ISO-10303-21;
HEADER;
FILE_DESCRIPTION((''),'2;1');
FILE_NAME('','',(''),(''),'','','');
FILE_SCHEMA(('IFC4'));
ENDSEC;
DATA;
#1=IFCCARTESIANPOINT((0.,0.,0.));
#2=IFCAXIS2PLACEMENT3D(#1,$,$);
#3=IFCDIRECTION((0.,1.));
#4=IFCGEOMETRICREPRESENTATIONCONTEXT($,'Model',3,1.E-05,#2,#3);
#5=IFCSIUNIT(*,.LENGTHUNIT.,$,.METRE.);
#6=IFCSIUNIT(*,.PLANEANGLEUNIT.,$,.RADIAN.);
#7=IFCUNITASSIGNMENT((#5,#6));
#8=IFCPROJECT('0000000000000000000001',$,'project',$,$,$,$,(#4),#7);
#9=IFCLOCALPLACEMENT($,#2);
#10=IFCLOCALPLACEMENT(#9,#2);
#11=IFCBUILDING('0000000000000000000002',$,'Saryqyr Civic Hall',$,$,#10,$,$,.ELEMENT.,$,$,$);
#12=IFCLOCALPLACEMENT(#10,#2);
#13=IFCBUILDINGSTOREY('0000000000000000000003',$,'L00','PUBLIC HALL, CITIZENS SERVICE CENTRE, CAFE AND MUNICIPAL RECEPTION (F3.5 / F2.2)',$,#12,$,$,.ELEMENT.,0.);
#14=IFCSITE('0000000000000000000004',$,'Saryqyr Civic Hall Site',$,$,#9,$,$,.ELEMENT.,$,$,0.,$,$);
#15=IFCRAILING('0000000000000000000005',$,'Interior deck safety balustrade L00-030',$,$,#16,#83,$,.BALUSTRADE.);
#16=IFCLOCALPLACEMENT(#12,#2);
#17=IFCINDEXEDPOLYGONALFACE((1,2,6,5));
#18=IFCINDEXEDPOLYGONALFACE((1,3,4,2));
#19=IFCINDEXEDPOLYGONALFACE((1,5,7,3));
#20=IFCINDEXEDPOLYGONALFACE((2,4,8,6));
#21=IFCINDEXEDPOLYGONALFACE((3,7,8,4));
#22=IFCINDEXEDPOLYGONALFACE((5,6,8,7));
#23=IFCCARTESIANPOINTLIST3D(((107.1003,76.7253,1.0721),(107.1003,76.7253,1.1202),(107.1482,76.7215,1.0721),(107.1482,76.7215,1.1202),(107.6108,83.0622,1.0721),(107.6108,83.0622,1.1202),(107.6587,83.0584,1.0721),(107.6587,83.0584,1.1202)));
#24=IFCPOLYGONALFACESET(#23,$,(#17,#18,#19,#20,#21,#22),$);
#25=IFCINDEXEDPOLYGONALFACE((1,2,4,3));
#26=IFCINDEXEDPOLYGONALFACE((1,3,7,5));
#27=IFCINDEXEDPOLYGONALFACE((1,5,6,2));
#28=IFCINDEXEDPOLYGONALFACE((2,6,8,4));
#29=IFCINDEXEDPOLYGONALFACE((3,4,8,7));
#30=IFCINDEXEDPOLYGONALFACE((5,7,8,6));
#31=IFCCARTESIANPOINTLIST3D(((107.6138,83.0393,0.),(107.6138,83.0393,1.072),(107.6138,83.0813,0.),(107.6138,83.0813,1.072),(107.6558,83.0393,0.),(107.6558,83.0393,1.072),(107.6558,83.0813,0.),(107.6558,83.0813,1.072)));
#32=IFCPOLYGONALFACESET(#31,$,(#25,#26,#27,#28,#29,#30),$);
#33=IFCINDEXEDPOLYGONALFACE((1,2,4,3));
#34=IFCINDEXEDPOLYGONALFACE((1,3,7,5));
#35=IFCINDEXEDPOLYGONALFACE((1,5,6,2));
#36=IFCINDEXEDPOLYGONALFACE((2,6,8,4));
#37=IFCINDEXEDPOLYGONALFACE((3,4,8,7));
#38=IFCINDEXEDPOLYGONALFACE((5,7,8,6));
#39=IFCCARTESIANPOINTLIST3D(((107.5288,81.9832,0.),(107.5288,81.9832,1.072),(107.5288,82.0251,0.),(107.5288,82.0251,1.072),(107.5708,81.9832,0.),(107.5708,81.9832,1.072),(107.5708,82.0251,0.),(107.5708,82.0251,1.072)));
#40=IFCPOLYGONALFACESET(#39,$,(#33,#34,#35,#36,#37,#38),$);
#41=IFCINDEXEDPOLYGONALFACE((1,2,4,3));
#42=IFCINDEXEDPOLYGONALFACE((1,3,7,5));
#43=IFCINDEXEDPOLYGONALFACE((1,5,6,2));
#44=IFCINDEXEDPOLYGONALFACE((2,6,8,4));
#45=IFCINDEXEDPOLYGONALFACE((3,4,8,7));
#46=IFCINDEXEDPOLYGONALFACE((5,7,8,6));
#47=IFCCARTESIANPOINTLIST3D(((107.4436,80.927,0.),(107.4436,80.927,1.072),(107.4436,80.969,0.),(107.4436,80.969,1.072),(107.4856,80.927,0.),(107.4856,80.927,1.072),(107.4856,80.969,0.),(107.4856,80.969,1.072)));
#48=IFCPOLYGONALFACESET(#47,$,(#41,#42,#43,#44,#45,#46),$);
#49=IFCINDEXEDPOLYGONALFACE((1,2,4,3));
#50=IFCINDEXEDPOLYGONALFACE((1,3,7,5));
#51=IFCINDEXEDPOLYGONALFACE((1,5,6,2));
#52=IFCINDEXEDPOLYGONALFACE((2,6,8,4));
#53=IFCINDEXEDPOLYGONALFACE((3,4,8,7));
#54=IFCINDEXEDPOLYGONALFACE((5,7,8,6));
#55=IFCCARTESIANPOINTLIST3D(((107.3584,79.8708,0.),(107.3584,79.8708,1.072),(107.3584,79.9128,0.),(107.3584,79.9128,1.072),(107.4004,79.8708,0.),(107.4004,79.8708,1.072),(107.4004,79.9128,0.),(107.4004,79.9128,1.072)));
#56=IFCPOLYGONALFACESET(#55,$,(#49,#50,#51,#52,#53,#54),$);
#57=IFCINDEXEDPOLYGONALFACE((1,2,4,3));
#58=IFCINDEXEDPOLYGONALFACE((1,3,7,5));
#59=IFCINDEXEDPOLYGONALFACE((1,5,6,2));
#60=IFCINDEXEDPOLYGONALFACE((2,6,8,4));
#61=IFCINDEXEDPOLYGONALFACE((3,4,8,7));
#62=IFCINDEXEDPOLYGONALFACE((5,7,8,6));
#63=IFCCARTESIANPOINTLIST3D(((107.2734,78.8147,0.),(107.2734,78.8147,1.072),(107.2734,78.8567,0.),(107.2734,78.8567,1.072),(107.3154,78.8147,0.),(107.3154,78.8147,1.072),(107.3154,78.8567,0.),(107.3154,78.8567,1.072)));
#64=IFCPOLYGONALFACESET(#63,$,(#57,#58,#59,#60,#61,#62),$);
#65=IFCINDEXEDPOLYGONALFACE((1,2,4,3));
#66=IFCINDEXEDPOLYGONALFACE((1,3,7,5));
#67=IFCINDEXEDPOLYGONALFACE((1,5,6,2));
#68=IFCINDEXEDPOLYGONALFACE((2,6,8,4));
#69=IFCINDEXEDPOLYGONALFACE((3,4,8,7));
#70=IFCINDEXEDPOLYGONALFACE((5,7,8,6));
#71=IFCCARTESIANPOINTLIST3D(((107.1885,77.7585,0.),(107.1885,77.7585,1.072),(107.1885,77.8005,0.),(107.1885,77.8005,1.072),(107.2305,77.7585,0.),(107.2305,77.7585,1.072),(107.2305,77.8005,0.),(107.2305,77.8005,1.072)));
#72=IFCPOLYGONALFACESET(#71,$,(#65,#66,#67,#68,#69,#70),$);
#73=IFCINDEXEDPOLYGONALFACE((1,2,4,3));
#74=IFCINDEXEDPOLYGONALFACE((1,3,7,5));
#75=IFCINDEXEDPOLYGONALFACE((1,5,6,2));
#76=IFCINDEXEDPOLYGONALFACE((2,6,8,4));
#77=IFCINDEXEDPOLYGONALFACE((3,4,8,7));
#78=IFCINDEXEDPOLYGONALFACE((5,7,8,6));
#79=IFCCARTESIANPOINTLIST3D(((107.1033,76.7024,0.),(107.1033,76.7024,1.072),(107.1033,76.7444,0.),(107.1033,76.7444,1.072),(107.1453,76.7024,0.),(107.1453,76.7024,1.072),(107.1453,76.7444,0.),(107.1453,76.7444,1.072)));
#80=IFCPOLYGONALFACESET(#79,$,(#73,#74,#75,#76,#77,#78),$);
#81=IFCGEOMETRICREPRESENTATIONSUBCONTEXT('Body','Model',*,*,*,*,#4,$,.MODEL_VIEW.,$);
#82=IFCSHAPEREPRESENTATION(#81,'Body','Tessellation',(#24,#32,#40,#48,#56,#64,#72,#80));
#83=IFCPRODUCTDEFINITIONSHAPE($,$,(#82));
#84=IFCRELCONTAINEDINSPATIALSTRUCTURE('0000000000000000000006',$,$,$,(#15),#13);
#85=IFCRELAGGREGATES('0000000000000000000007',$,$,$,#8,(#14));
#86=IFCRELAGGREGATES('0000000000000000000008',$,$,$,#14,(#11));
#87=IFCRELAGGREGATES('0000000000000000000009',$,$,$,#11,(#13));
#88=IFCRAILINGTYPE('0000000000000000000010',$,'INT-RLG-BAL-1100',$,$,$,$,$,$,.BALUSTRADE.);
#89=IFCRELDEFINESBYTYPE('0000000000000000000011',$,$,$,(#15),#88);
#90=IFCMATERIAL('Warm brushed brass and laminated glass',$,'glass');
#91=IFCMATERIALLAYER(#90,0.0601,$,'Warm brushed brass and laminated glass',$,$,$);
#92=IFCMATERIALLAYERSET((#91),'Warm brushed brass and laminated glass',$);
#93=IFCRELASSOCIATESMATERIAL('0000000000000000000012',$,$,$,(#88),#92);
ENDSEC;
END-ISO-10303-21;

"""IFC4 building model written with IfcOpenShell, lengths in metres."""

from ifc_helpers import new_model, si_unit, direction, frame, origin, origin_2d, place, context, subcontext, project, spatial, rectangle, extrude, material, layer, layer_set, type_object, element, save


model = new_model("IFC4")

# Units and contexts
model_context = context("Model", 3, precision=1e-05, world=origin(), true_north=direction((0.0, 1.0)))
body_context = subcontext(model_context, "Body", "Model", "MODEL_VIEW")
ifc_project = project(units=[si_unit("LENGTHUNIT", "METRE"), si_unit("PLANEANGLEUNIT", "RADIAN")], contexts=[model_context])

# Site, building, storey
site_placement = place(None, origin())
site = spatial("IfcSite", under=ifc_project, at=site_placement, Name="Saryqyr Civic Hall Site", CompositionType="ELEMENT", RefElevation=0.0)
building_placement = place(site_placement, origin())
building = spatial("IfcBuilding", under=site, at=building_placement, Name="Saryqyr Civic Hall", CompositionType="ELEMENT")
storey_placement = place(building_placement, origin())
storey = spatial("IfcBuildingStorey", under=building, at=storey_placement, Name="L00", Description="PUBLIC HALL, CITIZENS SERVICE CENTRE, CAFE AND MUNICIPAL RECEPTION (F3.5 / F2.2)", CompositionType="ELEMENT", Elevation=0.0)

# Railing
ifc_material_1 = material(Name="Warm brushed brass and laminated glass", Category="glass")
ifc_layer_1 = layer(ifc_material_1, 0.0601, Name="Warm brushed brass and laminated glass")
ifc_layer_set_1 = layer_set([ifc_layer_1], Name="Warm brushed brass and laminated glass")
railing_type = type_object("IfcRailingType", Name="INT-RLG-BAL-1100", PredefinedType="BALUSTRADE", material=ifc_layer_set_1)
railing_1_placement = place(storey_placement, frame((107.6348, 83.0603, 0.0)))
element("IfcRailing", 1, at=railing_1_placement, inside=storey, type_object=railing_type, Name="Interior deck safety balustrade L00-030", PredefinedType="BALUSTRADE", context=body_context, shape_type="SweptSolid", body=[
    extrude(rectangle(XDim=0.0481, YDim=0.0481, at=origin_2d()), frame((0.0, 0.0, 1.0962), z_axis=(-0.080299, -0.996771, 0.0), x_axis=(0.996771, -0.080299, 0.0)), (0.0, 0.0, 1.0), 6.3574),
    extrude(rectangle(XDim=0.042, YDim=0.042, at=origin_2d()), origin(), (0.0, 0.0, 1.0), 1.072),
    extrude(rectangle(XDim=0.042, YDim=0.042, at=origin_2d()), frame((-0.085, -1.0562, 0.0)), (0.0, 0.0, 1.0), 1.072),
    extrude(rectangle(XDim=0.042, YDim=0.042, at=origin_2d()), frame((-0.1702, -2.1123, 0.0)), (0.0, 0.0, 1.0), 1.072),
    extrude(rectangle(XDim=0.042, YDim=0.042, at=origin_2d()), frame((-0.2554, -3.1685, 0.0)), (0.0, 0.0, 1.0), 1.072),
    extrude(rectangle(XDim=0.042, YDim=0.042, at=origin_2d()), frame((-0.3403, -4.2246, 0.0)), (0.0, 0.0, 1.0), 1.072),
    extrude(rectangle(XDim=0.042, YDim=0.042, at=origin_2d()), frame((-0.4253, -5.2808, 0.0)), (0.0, 0.0, 1.0), 1.072),
    extrude(rectangle(XDim=0.042, YDim=0.042, at=origin_2d()), frame((-0.5105, -6.3369, 0.0)), (0.0, 0.0, 1.0), 1.072),
])

save(model, "model.ifc")
